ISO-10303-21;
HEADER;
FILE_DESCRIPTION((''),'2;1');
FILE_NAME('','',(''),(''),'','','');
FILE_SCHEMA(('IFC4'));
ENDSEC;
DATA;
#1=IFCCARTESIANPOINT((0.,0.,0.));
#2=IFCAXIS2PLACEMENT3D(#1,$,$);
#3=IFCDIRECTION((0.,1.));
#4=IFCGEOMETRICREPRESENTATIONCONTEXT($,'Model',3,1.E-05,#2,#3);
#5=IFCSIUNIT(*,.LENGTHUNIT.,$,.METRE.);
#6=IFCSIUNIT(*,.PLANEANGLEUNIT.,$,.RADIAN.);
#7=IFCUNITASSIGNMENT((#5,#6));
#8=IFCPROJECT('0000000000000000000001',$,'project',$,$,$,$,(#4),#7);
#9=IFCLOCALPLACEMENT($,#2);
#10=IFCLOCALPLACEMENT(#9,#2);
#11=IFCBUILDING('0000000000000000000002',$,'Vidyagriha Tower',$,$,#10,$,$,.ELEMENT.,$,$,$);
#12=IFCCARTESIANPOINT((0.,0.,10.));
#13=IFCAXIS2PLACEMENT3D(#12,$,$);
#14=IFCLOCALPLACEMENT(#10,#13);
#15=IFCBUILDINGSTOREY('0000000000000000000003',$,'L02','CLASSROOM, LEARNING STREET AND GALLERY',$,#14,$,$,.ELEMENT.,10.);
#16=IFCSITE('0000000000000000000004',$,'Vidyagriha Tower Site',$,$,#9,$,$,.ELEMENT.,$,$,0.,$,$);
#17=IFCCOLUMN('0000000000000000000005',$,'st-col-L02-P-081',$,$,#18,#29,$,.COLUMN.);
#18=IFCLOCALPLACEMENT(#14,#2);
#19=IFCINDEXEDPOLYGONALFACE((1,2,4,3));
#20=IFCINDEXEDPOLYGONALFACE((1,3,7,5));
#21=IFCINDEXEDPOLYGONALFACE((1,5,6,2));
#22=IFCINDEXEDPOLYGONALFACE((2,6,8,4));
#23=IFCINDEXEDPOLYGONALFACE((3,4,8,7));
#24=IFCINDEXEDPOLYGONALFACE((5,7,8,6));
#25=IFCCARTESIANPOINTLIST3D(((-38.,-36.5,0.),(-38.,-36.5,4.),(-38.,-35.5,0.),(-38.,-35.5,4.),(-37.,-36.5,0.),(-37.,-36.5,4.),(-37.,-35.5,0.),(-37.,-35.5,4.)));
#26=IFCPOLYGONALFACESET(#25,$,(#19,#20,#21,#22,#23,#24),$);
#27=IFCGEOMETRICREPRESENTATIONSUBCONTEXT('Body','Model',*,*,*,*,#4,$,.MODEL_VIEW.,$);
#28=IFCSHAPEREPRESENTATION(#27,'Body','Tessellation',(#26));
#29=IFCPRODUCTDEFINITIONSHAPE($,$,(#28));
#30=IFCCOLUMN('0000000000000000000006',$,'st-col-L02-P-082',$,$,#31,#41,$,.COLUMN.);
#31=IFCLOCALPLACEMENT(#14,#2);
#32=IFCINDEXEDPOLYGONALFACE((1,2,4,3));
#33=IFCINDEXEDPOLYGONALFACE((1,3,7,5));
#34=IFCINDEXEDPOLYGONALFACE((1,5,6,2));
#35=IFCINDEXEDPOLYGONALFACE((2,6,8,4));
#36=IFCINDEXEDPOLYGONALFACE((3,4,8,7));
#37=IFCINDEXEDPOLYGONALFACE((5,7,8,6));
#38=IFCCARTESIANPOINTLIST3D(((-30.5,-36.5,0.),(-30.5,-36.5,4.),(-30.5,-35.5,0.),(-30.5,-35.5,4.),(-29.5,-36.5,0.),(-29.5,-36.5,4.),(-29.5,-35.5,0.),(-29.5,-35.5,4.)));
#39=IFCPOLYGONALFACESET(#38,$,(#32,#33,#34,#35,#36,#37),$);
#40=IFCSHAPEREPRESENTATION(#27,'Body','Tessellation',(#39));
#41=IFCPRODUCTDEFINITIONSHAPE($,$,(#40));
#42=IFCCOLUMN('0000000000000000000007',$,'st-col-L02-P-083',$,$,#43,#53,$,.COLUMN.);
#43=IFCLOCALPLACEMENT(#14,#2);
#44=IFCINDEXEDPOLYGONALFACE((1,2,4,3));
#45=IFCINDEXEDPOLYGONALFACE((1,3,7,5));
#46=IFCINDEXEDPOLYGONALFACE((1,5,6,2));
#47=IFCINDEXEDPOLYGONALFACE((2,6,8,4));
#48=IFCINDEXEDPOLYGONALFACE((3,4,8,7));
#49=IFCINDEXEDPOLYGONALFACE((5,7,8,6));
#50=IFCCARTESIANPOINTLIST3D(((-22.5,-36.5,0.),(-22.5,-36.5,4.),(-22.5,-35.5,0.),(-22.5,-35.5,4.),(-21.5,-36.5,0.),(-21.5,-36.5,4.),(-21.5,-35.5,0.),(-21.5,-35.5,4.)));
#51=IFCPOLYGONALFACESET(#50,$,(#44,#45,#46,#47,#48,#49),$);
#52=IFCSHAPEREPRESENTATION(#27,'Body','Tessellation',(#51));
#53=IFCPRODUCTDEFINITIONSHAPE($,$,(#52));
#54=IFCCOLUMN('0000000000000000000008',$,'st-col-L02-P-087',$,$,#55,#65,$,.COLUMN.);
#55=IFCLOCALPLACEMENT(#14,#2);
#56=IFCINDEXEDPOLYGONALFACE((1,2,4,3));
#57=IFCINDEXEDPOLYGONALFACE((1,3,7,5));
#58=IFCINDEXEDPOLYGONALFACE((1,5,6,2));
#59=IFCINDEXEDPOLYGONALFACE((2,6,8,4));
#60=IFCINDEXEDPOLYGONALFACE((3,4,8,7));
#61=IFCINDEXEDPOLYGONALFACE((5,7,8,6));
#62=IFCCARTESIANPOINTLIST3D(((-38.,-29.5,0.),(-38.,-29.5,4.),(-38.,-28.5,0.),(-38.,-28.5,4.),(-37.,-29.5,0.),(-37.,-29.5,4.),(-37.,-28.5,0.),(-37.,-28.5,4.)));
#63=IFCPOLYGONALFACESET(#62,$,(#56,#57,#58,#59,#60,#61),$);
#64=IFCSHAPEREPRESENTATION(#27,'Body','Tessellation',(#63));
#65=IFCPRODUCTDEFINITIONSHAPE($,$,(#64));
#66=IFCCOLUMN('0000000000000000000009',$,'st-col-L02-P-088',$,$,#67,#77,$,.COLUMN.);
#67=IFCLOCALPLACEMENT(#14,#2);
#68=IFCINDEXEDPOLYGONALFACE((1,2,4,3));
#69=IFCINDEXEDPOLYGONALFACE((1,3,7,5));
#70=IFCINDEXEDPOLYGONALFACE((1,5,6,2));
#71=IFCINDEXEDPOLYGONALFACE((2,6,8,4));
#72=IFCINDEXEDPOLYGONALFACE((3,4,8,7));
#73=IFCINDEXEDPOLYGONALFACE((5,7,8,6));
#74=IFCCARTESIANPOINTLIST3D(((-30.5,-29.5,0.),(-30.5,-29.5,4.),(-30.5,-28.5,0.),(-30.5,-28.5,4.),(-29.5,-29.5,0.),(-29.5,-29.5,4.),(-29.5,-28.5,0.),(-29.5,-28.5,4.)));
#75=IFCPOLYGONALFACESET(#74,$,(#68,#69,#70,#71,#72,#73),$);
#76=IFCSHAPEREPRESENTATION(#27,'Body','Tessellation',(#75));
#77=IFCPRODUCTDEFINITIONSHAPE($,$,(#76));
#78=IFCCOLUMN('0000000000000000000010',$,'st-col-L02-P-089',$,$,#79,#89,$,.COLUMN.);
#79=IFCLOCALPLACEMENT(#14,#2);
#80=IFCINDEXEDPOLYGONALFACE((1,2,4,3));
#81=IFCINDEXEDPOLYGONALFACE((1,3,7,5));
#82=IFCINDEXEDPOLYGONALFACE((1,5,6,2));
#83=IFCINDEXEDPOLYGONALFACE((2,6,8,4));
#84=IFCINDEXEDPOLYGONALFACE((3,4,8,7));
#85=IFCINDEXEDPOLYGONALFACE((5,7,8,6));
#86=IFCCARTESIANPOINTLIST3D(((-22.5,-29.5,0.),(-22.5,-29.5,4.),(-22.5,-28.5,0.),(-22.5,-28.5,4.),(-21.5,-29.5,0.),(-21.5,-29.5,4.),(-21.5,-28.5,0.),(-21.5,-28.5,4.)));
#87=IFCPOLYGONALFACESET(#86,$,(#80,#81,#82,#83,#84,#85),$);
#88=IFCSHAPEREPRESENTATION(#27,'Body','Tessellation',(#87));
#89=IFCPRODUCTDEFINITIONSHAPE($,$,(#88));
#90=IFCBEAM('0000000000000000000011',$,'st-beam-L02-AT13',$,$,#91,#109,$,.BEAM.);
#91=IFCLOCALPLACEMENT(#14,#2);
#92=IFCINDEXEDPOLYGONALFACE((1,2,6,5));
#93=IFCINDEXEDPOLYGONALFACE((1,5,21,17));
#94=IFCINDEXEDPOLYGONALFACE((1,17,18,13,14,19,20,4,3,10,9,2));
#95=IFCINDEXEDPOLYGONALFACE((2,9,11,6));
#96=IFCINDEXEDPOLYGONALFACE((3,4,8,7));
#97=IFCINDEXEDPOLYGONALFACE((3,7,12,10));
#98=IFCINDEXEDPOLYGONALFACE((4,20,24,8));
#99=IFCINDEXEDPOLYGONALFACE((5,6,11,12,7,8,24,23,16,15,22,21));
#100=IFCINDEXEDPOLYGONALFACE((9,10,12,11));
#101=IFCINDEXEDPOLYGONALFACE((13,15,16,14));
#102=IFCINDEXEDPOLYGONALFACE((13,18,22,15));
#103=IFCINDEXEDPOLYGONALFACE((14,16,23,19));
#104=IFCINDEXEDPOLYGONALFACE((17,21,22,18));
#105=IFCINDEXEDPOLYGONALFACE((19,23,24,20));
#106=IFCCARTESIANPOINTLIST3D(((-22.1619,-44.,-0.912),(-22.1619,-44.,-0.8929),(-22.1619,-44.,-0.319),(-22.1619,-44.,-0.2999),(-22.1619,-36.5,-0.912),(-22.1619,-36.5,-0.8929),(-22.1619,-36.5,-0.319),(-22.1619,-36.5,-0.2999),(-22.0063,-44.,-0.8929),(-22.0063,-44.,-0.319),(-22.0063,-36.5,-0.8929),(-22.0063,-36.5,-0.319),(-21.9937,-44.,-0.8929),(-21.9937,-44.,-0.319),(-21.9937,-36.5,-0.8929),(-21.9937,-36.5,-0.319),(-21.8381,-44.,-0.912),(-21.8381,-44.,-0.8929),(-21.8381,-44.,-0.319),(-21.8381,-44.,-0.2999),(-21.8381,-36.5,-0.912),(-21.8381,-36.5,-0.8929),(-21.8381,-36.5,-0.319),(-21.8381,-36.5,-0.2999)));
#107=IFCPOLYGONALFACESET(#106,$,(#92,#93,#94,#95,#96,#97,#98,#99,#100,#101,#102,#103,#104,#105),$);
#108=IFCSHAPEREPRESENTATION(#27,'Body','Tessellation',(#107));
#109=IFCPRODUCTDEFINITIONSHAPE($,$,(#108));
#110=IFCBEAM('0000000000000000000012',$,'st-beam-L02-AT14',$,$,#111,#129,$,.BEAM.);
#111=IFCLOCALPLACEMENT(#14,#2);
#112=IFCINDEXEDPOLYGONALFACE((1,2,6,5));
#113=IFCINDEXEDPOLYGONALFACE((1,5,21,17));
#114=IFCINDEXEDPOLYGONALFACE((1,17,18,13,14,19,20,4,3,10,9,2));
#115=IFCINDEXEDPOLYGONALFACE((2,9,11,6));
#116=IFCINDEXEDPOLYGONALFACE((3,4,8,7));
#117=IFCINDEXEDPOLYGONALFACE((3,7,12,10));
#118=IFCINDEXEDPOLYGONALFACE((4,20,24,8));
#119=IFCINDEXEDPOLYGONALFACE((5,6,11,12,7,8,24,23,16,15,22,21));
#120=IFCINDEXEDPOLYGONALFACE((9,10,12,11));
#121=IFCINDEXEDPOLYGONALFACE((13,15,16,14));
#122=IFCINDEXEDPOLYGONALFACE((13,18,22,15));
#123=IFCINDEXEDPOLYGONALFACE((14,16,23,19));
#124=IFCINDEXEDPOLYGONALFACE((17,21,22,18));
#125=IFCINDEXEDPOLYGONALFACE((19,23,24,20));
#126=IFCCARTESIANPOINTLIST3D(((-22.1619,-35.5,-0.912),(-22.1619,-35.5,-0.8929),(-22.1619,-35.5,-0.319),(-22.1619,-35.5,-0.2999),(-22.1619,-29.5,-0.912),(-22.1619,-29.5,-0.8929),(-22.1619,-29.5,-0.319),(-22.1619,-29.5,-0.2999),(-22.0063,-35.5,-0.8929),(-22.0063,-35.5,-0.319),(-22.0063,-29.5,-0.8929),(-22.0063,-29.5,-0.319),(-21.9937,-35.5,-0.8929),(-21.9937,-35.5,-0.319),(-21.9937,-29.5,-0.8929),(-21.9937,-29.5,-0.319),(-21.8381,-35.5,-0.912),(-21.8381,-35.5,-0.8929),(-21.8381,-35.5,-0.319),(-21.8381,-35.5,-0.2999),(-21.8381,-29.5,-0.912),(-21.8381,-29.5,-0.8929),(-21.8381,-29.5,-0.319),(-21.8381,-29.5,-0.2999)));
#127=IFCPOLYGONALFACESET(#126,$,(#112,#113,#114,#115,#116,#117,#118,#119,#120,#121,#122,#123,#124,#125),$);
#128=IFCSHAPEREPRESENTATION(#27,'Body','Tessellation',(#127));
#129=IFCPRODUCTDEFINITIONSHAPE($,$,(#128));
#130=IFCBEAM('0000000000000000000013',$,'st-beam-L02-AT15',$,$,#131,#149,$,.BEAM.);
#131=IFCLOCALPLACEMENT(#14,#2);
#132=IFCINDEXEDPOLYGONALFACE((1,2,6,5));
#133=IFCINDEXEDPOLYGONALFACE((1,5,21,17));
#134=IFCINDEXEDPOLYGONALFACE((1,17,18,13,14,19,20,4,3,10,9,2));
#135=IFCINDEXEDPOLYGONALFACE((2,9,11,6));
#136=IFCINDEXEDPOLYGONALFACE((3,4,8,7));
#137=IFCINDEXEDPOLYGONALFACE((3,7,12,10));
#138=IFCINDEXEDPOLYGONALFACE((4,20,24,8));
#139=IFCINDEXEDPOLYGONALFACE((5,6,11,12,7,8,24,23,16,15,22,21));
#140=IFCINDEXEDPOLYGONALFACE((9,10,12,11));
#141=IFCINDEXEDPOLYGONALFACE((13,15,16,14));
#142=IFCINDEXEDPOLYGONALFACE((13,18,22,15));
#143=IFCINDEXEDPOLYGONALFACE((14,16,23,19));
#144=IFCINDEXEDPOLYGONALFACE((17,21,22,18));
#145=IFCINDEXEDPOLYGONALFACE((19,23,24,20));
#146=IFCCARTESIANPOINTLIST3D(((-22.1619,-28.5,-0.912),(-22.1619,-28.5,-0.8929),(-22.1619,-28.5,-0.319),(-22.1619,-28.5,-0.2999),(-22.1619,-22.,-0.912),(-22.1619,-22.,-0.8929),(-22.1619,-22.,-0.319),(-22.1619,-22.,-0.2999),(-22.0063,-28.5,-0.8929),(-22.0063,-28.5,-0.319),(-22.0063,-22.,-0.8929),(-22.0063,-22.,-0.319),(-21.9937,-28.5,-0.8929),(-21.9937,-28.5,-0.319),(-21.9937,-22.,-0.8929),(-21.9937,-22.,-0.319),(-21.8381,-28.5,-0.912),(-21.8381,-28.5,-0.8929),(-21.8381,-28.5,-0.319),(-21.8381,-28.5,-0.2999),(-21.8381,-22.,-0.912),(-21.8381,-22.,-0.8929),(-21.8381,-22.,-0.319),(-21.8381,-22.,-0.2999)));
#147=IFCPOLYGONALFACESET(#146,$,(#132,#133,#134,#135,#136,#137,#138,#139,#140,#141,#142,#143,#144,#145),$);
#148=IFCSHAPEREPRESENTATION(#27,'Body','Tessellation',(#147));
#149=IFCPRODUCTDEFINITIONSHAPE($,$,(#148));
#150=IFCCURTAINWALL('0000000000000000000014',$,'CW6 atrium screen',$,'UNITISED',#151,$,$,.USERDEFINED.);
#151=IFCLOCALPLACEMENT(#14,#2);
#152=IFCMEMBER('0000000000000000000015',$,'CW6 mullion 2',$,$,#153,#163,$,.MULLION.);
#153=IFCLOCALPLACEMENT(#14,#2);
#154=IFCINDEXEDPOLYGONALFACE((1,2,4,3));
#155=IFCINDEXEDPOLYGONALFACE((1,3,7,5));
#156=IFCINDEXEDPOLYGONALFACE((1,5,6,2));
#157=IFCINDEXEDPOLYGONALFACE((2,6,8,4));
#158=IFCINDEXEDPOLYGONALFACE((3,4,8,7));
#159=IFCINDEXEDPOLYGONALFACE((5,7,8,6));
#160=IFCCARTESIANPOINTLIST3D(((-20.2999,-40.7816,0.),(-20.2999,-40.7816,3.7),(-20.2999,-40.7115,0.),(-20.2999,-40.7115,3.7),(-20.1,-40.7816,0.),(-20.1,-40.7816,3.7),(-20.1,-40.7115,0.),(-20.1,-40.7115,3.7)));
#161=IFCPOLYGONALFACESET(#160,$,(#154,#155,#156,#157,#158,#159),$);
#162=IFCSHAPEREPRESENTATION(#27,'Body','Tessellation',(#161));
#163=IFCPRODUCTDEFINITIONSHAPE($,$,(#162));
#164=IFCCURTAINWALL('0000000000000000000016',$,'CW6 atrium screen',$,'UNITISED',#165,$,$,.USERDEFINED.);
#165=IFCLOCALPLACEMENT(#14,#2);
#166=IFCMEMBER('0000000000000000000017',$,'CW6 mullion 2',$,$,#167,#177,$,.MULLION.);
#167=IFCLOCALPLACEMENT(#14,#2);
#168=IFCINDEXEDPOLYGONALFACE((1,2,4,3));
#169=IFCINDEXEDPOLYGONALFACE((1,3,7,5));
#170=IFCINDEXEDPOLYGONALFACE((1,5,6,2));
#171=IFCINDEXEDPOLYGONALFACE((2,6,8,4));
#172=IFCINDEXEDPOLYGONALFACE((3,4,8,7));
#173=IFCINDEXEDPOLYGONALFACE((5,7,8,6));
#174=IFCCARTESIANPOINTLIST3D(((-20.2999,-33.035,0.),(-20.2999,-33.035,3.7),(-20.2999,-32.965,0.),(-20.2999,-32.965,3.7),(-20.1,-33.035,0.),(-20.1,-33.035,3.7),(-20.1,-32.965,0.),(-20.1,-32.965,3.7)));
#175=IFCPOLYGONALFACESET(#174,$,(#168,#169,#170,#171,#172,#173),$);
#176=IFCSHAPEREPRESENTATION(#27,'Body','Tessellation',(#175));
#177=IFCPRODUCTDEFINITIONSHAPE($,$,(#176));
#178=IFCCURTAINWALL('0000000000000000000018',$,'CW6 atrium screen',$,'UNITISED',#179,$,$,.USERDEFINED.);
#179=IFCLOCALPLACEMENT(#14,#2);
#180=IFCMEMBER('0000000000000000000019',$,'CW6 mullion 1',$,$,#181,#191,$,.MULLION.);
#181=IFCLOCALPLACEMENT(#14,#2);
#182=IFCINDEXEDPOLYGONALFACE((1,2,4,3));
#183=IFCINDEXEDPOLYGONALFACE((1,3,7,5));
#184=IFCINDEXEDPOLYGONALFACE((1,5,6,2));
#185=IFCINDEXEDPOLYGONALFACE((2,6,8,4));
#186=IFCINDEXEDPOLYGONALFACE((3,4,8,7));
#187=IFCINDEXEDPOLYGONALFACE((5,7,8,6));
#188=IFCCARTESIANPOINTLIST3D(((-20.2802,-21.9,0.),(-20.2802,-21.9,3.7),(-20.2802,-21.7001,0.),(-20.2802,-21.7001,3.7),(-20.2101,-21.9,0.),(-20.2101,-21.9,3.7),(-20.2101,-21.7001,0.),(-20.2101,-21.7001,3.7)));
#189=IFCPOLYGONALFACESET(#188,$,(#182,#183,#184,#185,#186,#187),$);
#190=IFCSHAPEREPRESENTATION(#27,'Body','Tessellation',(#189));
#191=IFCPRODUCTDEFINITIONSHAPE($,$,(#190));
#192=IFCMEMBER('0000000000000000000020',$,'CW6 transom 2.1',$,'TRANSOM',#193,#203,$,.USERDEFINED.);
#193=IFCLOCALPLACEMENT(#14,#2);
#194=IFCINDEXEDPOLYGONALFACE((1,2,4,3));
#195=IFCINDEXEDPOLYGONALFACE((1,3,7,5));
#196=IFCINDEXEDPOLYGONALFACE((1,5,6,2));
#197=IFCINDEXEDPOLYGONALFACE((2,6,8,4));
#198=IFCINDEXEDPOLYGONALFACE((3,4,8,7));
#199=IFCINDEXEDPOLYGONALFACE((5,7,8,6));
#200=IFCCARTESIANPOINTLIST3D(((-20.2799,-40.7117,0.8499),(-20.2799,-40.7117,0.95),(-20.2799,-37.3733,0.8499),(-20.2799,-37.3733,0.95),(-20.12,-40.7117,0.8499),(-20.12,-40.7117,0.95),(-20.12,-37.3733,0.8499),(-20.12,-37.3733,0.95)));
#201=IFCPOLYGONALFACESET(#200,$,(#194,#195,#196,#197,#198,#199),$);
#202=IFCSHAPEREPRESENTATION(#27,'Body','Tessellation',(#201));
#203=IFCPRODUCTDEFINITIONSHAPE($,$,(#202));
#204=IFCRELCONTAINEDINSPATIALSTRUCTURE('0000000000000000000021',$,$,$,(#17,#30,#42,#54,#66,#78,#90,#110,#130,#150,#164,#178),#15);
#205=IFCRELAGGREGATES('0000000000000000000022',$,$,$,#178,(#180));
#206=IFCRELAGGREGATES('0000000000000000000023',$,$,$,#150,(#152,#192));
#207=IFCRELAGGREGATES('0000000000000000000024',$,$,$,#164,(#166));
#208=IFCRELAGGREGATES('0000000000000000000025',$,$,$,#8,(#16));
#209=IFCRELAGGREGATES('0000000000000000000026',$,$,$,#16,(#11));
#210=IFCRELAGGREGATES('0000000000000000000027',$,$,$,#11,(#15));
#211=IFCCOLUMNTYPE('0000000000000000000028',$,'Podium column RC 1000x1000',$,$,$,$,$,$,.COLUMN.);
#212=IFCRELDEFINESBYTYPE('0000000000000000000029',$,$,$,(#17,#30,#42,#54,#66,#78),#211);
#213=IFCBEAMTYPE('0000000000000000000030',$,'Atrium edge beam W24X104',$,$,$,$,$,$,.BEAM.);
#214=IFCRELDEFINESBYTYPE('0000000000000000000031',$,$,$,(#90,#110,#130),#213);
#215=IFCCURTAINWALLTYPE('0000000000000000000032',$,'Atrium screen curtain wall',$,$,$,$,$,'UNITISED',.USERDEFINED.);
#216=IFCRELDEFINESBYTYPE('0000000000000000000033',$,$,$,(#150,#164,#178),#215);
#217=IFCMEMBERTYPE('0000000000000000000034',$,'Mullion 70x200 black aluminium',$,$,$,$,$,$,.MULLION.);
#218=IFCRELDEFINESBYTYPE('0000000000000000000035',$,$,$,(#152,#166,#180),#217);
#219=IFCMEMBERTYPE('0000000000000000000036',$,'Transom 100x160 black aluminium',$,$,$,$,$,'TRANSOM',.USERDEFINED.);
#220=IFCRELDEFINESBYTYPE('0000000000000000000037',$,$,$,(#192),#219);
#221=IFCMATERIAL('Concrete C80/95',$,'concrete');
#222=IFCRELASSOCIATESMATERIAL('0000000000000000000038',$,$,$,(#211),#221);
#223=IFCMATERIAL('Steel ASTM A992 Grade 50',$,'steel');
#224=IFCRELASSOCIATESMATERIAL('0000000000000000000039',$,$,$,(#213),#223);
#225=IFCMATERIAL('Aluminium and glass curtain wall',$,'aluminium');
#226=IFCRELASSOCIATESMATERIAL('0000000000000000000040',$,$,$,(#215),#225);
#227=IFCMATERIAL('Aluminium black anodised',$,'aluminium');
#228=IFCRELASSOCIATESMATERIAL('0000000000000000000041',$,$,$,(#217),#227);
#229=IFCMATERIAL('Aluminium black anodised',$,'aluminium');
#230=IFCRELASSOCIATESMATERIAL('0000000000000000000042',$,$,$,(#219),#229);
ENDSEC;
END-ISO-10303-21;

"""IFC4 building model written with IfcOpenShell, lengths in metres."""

from ifc_helpers import new_model, si_unit, direction, frame, origin, origin_2d, place, context, subcontext, project, spatial, rectangle, i_section, extrude, material, material_profile, profile_set, type_object, element, aggregate, save


model = new_model("IFC4")

# Units and contexts
model_context = context("Model", 3, precision=1e-05, world=origin(), true_north=direction((0.0, 1.0)))
body_context = subcontext(model_context, "Body", "Model", "MODEL_VIEW")
ifc_project = project(units=[si_unit("LENGTHUNIT", "METRE"), si_unit("PLANEANGLEUNIT", "RADIAN")], contexts=[model_context])

# Site, building, storey
site_placement = place(None, origin())
site = spatial("IfcSite", under=ifc_project, at=site_placement, Name="Vidyagriha Tower Site", CompositionType="ELEMENT", RefElevation=0.0)
building_placement = place(site_placement, origin())
building = spatial("IfcBuilding", under=site, at=building_placement, Name="Vidyagriha Tower", CompositionType="ELEMENT")
storey_placement = place(building_placement, frame((0.0, 0.0, 10.0)))
storey = spatial("IfcBuildingStorey", under=building, at=storey_placement, Name="L02", Description="CLASSROOM, LEARNING STREET AND GALLERY", CompositionType="ELEMENT", Elevation=10.0)

# Columns
ifc_material_1 = material(Name="Concrete C80/95", Category="concrete")
ifc_material_profile_1 = material_profile(ifc_material_1, rectangle(XDim=1.0, YDim=1.0, at=origin_2d()), Name="RC 1000x1000")
ifc_profile_set_1 = profile_set([ifc_material_profile_1], Name="Concrete C80/95")
column_type = type_object("IfcColumnType", Name="Podium column RC 1000x1000", PredefinedType="COLUMN", material=ifc_profile_set_1)
for number, where, name in (
    (1, (-37.5, -36.0, 0.0), "st-col-L02-P-081"),
    (2, (-30.0, -36.0, 0.0), "st-col-L02-P-082"),
    (3, (-22.0, -36.0, 0.0), "st-col-L02-P-083"),
    (4, (-37.5, -29.0, 0.0), "st-col-L02-P-087"),
    (5, (-30.0, -29.0, 0.0), "st-col-L02-P-088"),
    (6, (-22.0, -29.0, 0.0), "st-col-L02-P-089"),
):
    element("IfcColumn", number, at=place(storey_placement, frame(where)), inside=storey, type_object=column_type, Name=name, PredefinedType="COLUMN", context=body_context, shape_type="SweptSolid", body=[
        extrude(rectangle(XDim=1.0, YDim=1.0, at=origin_2d()), origin(), (0.0, 0.0, 1.0), 4.0),
    ])

# Beams
ifc_material_2 = material(Name="Steel ASTM A992 Grade 50", Category="steel")
ifc_material_profile_2 = material_profile(ifc_material_2, i_section(OverallWidth=0.3237, OverallDepth=0.6121, WebThickness=0.0127, FlangeThickness=0.019, at=origin_2d()), Name="W24X104")
ifc_profile_set_2 = profile_set([ifc_material_profile_2], Name="Steel ASTM A992 Grade 50")
beam_type = type_object("IfcBeamType", Name="Atrium edge beam W24X104", PredefinedType="BEAM", material=ifc_profile_set_2)
beam_1_placement = place(storey_placement, frame((-22.0, -44.0, -0.606), z_axis=(0.0, 1.0, 0.0), x_axis=(-1.0, 0.0, 0.0)))
element("IfcBeam", 7, at=beam_1_placement, inside=storey, type_object=beam_type, Name="st-beam-L02-AT13", PredefinedType="BEAM", context=body_context, shape_type="SweptSolid", body=[
    extrude(i_section(OverallWidth=0.3237, OverallDepth=0.6121, WebThickness=0.0127, FlangeThickness=0.019, at=origin_2d()), origin(), (0.0, 0.0, 1.0), 7.5),
])
beam_2_placement = place(storey_placement, frame((-22.0, -35.5, -0.606), z_axis=(0.0, 1.0, 0.0), x_axis=(-1.0, 0.0, 0.0)))
element("IfcBeam", 8, at=beam_2_placement, inside=storey, type_object=beam_type, Name="st-beam-L02-AT14", PredefinedType="BEAM", context=body_context, shape_type="SweptSolid", body=[
    extrude(i_section(OverallWidth=0.3237, OverallDepth=0.6121, WebThickness=0.0127, FlangeThickness=0.019, at=origin_2d()), origin(), (0.0, 0.0, 1.0), 6.0),
])
beam_3_placement = place(storey_placement, frame((-22.0, -28.5, -0.606), z_axis=(0.0, 1.0, 0.0), x_axis=(-1.0, 0.0, 0.0)))
element("IfcBeam", 9, at=beam_3_placement, inside=storey, type_object=beam_type, Name="st-beam-L02-AT15", PredefinedType="BEAM", context=body_context, shape_type="SweptSolid", body=[
    extrude(i_section(OverallWidth=0.3237, OverallDepth=0.6121, WebThickness=0.0127, FlangeThickness=0.019, at=origin_2d()), origin(), (0.0, 0.0, 1.0), 6.5),
])

# Curtain walls, members
ifc_material_3 = material(Name="Aluminium and glass curtain wall", Category="aluminium")
curtain_wall_type = type_object("IfcCurtainWallType", Name="Atrium screen curtain wall", ElementType="UNITISED", PredefinedType="USERDEFINED", material=ifc_material_3)
curtain_wall_1_placement = place(storey_placement, origin())
curtain_wall_1 = element("IfcCurtainWall", 10, at=curtain_wall_1_placement, inside=storey, type_object=curtain_wall_type, Name="CW6 atrium screen", ObjectType="UNITISED", PredefinedType="USERDEFINED")
ifc_material_4 = material(Name="Aluminium black anodised", Category="aluminium")
ifc_material_profile_3 = material_profile(ifc_material_4, rectangle(XDim=0.2, YDim=0.0701, at=origin_2d()), Name="Mullion 70x200 black aluminium")
ifc_profile_set_3 = profile_set([ifc_material_profile_3], Name="Aluminium black anodised")
member_type_1 = type_object("IfcMemberType", Name="Mullion 70x200 black aluminium", PredefinedType="MULLION", material=ifc_profile_set_3)
member_1_placement = place(storey_placement, frame((-20.2, -40.7466, 0.0), z_axis=(0.0, 0.0, 1.0), x_axis=(-1.0, 0.0, 0.0)))
member_1 = element("IfcMember", 11, at=member_1_placement, type_object=member_type_1, Name="CW6 mullion 2", PredefinedType="MULLION", context=body_context, shape_type="SweptSolid", body=[
    extrude(rectangle(XDim=0.2, YDim=0.0701, at=origin_2d()), origin(), (0.0, 0.0, 1.0), 3.7),
])
curtain_wall_2_placement = place(storey_placement, origin())
curtain_wall_2 = element("IfcCurtainWall", 12, at=curtain_wall_2_placement, inside=storey, type_object=curtain_wall_type, Name="CW6 atrium screen", ObjectType="UNITISED", PredefinedType="USERDEFINED")
member_2_placement = place(storey_placement, frame((-20.2, -33.0, 0.0), z_axis=(0.0, 0.0, 1.0), x_axis=(-1.0, 0.0, 0.0)))
member_2 = element("IfcMember", 13, at=member_2_placement, type_object=member_type_1, Name="CW6 mullion 2", PredefinedType="MULLION", context=body_context, shape_type="SweptSolid", body=[
    extrude(rectangle(XDim=0.2, YDim=0.0701, at=origin_2d()), origin(), (0.0, 0.0, 1.0), 3.7),
])
curtain_wall_3_placement = place(storey_placement, origin())
curtain_wall_3 = element("IfcCurtainWall", 14, at=curtain_wall_3_placement, inside=storey, type_object=curtain_wall_type, Name="CW6 atrium screen", ObjectType="UNITISED", PredefinedType="USERDEFINED")
member_3_placement = place(storey_placement, frame((-20.2451, -21.8, 0.0), z_axis=(0.0, 0.0, 1.0), x_axis=(0.0, 1.0, 0.0)))
member_3 = element("IfcMember", 15, at=member_3_placement, type_object=member_type_1, Name="CW6 mullion 1", PredefinedType="MULLION", context=body_context, shape_type="SweptSolid", body=[
    extrude(rectangle(XDim=0.2, YDim=0.0701, at=origin_2d()), origin(), (0.0, 0.0, 1.0), 3.7),
])

# Member
ifc_material_5 = material(Name="Aluminium black anodised", Category="aluminium")
ifc_material_profile_4 = material_profile(ifc_material_5, rectangle(XDim=0.1599, YDim=0.1001, at=origin_2d()), Name="Transom 100x160 black aluminium")
ifc_profile_set_4 = profile_set([ifc_material_profile_4], Name="Aluminium black anodised")
member_type_2 = type_object("IfcMemberType", Name="Transom 100x160 black aluminium", ElementType="TRANSOM", PredefinedType="USERDEFINED", material=ifc_profile_set_4)
member_4_placement = place(storey_placement, frame((-20.2, -40.7117, 0.8999), z_axis=(0.0, 1.0, 0.0), x_axis=(-1.0, 0.0, 0.0)))
member_4 = element("IfcMember", 16, at=member_4_placement, type_object=member_type_2, Name="CW6 transom 2.1", ObjectType="TRANSOM", PredefinedType="USERDEFINED", context=body_context, shape_type="SweptSolid", body=[
    extrude(rectangle(XDim=0.1599, YDim=0.1001, at=origin_2d()), origin(), (0.0, 0.0, 1.0), 3.3384),
])
aggregate(curtain_wall_3, [member_3])

aggregate(curtain_wall_1, [member_1, member_4])
aggregate(curtain_wall_2, [member_2])

save(model, "model.ifc")
